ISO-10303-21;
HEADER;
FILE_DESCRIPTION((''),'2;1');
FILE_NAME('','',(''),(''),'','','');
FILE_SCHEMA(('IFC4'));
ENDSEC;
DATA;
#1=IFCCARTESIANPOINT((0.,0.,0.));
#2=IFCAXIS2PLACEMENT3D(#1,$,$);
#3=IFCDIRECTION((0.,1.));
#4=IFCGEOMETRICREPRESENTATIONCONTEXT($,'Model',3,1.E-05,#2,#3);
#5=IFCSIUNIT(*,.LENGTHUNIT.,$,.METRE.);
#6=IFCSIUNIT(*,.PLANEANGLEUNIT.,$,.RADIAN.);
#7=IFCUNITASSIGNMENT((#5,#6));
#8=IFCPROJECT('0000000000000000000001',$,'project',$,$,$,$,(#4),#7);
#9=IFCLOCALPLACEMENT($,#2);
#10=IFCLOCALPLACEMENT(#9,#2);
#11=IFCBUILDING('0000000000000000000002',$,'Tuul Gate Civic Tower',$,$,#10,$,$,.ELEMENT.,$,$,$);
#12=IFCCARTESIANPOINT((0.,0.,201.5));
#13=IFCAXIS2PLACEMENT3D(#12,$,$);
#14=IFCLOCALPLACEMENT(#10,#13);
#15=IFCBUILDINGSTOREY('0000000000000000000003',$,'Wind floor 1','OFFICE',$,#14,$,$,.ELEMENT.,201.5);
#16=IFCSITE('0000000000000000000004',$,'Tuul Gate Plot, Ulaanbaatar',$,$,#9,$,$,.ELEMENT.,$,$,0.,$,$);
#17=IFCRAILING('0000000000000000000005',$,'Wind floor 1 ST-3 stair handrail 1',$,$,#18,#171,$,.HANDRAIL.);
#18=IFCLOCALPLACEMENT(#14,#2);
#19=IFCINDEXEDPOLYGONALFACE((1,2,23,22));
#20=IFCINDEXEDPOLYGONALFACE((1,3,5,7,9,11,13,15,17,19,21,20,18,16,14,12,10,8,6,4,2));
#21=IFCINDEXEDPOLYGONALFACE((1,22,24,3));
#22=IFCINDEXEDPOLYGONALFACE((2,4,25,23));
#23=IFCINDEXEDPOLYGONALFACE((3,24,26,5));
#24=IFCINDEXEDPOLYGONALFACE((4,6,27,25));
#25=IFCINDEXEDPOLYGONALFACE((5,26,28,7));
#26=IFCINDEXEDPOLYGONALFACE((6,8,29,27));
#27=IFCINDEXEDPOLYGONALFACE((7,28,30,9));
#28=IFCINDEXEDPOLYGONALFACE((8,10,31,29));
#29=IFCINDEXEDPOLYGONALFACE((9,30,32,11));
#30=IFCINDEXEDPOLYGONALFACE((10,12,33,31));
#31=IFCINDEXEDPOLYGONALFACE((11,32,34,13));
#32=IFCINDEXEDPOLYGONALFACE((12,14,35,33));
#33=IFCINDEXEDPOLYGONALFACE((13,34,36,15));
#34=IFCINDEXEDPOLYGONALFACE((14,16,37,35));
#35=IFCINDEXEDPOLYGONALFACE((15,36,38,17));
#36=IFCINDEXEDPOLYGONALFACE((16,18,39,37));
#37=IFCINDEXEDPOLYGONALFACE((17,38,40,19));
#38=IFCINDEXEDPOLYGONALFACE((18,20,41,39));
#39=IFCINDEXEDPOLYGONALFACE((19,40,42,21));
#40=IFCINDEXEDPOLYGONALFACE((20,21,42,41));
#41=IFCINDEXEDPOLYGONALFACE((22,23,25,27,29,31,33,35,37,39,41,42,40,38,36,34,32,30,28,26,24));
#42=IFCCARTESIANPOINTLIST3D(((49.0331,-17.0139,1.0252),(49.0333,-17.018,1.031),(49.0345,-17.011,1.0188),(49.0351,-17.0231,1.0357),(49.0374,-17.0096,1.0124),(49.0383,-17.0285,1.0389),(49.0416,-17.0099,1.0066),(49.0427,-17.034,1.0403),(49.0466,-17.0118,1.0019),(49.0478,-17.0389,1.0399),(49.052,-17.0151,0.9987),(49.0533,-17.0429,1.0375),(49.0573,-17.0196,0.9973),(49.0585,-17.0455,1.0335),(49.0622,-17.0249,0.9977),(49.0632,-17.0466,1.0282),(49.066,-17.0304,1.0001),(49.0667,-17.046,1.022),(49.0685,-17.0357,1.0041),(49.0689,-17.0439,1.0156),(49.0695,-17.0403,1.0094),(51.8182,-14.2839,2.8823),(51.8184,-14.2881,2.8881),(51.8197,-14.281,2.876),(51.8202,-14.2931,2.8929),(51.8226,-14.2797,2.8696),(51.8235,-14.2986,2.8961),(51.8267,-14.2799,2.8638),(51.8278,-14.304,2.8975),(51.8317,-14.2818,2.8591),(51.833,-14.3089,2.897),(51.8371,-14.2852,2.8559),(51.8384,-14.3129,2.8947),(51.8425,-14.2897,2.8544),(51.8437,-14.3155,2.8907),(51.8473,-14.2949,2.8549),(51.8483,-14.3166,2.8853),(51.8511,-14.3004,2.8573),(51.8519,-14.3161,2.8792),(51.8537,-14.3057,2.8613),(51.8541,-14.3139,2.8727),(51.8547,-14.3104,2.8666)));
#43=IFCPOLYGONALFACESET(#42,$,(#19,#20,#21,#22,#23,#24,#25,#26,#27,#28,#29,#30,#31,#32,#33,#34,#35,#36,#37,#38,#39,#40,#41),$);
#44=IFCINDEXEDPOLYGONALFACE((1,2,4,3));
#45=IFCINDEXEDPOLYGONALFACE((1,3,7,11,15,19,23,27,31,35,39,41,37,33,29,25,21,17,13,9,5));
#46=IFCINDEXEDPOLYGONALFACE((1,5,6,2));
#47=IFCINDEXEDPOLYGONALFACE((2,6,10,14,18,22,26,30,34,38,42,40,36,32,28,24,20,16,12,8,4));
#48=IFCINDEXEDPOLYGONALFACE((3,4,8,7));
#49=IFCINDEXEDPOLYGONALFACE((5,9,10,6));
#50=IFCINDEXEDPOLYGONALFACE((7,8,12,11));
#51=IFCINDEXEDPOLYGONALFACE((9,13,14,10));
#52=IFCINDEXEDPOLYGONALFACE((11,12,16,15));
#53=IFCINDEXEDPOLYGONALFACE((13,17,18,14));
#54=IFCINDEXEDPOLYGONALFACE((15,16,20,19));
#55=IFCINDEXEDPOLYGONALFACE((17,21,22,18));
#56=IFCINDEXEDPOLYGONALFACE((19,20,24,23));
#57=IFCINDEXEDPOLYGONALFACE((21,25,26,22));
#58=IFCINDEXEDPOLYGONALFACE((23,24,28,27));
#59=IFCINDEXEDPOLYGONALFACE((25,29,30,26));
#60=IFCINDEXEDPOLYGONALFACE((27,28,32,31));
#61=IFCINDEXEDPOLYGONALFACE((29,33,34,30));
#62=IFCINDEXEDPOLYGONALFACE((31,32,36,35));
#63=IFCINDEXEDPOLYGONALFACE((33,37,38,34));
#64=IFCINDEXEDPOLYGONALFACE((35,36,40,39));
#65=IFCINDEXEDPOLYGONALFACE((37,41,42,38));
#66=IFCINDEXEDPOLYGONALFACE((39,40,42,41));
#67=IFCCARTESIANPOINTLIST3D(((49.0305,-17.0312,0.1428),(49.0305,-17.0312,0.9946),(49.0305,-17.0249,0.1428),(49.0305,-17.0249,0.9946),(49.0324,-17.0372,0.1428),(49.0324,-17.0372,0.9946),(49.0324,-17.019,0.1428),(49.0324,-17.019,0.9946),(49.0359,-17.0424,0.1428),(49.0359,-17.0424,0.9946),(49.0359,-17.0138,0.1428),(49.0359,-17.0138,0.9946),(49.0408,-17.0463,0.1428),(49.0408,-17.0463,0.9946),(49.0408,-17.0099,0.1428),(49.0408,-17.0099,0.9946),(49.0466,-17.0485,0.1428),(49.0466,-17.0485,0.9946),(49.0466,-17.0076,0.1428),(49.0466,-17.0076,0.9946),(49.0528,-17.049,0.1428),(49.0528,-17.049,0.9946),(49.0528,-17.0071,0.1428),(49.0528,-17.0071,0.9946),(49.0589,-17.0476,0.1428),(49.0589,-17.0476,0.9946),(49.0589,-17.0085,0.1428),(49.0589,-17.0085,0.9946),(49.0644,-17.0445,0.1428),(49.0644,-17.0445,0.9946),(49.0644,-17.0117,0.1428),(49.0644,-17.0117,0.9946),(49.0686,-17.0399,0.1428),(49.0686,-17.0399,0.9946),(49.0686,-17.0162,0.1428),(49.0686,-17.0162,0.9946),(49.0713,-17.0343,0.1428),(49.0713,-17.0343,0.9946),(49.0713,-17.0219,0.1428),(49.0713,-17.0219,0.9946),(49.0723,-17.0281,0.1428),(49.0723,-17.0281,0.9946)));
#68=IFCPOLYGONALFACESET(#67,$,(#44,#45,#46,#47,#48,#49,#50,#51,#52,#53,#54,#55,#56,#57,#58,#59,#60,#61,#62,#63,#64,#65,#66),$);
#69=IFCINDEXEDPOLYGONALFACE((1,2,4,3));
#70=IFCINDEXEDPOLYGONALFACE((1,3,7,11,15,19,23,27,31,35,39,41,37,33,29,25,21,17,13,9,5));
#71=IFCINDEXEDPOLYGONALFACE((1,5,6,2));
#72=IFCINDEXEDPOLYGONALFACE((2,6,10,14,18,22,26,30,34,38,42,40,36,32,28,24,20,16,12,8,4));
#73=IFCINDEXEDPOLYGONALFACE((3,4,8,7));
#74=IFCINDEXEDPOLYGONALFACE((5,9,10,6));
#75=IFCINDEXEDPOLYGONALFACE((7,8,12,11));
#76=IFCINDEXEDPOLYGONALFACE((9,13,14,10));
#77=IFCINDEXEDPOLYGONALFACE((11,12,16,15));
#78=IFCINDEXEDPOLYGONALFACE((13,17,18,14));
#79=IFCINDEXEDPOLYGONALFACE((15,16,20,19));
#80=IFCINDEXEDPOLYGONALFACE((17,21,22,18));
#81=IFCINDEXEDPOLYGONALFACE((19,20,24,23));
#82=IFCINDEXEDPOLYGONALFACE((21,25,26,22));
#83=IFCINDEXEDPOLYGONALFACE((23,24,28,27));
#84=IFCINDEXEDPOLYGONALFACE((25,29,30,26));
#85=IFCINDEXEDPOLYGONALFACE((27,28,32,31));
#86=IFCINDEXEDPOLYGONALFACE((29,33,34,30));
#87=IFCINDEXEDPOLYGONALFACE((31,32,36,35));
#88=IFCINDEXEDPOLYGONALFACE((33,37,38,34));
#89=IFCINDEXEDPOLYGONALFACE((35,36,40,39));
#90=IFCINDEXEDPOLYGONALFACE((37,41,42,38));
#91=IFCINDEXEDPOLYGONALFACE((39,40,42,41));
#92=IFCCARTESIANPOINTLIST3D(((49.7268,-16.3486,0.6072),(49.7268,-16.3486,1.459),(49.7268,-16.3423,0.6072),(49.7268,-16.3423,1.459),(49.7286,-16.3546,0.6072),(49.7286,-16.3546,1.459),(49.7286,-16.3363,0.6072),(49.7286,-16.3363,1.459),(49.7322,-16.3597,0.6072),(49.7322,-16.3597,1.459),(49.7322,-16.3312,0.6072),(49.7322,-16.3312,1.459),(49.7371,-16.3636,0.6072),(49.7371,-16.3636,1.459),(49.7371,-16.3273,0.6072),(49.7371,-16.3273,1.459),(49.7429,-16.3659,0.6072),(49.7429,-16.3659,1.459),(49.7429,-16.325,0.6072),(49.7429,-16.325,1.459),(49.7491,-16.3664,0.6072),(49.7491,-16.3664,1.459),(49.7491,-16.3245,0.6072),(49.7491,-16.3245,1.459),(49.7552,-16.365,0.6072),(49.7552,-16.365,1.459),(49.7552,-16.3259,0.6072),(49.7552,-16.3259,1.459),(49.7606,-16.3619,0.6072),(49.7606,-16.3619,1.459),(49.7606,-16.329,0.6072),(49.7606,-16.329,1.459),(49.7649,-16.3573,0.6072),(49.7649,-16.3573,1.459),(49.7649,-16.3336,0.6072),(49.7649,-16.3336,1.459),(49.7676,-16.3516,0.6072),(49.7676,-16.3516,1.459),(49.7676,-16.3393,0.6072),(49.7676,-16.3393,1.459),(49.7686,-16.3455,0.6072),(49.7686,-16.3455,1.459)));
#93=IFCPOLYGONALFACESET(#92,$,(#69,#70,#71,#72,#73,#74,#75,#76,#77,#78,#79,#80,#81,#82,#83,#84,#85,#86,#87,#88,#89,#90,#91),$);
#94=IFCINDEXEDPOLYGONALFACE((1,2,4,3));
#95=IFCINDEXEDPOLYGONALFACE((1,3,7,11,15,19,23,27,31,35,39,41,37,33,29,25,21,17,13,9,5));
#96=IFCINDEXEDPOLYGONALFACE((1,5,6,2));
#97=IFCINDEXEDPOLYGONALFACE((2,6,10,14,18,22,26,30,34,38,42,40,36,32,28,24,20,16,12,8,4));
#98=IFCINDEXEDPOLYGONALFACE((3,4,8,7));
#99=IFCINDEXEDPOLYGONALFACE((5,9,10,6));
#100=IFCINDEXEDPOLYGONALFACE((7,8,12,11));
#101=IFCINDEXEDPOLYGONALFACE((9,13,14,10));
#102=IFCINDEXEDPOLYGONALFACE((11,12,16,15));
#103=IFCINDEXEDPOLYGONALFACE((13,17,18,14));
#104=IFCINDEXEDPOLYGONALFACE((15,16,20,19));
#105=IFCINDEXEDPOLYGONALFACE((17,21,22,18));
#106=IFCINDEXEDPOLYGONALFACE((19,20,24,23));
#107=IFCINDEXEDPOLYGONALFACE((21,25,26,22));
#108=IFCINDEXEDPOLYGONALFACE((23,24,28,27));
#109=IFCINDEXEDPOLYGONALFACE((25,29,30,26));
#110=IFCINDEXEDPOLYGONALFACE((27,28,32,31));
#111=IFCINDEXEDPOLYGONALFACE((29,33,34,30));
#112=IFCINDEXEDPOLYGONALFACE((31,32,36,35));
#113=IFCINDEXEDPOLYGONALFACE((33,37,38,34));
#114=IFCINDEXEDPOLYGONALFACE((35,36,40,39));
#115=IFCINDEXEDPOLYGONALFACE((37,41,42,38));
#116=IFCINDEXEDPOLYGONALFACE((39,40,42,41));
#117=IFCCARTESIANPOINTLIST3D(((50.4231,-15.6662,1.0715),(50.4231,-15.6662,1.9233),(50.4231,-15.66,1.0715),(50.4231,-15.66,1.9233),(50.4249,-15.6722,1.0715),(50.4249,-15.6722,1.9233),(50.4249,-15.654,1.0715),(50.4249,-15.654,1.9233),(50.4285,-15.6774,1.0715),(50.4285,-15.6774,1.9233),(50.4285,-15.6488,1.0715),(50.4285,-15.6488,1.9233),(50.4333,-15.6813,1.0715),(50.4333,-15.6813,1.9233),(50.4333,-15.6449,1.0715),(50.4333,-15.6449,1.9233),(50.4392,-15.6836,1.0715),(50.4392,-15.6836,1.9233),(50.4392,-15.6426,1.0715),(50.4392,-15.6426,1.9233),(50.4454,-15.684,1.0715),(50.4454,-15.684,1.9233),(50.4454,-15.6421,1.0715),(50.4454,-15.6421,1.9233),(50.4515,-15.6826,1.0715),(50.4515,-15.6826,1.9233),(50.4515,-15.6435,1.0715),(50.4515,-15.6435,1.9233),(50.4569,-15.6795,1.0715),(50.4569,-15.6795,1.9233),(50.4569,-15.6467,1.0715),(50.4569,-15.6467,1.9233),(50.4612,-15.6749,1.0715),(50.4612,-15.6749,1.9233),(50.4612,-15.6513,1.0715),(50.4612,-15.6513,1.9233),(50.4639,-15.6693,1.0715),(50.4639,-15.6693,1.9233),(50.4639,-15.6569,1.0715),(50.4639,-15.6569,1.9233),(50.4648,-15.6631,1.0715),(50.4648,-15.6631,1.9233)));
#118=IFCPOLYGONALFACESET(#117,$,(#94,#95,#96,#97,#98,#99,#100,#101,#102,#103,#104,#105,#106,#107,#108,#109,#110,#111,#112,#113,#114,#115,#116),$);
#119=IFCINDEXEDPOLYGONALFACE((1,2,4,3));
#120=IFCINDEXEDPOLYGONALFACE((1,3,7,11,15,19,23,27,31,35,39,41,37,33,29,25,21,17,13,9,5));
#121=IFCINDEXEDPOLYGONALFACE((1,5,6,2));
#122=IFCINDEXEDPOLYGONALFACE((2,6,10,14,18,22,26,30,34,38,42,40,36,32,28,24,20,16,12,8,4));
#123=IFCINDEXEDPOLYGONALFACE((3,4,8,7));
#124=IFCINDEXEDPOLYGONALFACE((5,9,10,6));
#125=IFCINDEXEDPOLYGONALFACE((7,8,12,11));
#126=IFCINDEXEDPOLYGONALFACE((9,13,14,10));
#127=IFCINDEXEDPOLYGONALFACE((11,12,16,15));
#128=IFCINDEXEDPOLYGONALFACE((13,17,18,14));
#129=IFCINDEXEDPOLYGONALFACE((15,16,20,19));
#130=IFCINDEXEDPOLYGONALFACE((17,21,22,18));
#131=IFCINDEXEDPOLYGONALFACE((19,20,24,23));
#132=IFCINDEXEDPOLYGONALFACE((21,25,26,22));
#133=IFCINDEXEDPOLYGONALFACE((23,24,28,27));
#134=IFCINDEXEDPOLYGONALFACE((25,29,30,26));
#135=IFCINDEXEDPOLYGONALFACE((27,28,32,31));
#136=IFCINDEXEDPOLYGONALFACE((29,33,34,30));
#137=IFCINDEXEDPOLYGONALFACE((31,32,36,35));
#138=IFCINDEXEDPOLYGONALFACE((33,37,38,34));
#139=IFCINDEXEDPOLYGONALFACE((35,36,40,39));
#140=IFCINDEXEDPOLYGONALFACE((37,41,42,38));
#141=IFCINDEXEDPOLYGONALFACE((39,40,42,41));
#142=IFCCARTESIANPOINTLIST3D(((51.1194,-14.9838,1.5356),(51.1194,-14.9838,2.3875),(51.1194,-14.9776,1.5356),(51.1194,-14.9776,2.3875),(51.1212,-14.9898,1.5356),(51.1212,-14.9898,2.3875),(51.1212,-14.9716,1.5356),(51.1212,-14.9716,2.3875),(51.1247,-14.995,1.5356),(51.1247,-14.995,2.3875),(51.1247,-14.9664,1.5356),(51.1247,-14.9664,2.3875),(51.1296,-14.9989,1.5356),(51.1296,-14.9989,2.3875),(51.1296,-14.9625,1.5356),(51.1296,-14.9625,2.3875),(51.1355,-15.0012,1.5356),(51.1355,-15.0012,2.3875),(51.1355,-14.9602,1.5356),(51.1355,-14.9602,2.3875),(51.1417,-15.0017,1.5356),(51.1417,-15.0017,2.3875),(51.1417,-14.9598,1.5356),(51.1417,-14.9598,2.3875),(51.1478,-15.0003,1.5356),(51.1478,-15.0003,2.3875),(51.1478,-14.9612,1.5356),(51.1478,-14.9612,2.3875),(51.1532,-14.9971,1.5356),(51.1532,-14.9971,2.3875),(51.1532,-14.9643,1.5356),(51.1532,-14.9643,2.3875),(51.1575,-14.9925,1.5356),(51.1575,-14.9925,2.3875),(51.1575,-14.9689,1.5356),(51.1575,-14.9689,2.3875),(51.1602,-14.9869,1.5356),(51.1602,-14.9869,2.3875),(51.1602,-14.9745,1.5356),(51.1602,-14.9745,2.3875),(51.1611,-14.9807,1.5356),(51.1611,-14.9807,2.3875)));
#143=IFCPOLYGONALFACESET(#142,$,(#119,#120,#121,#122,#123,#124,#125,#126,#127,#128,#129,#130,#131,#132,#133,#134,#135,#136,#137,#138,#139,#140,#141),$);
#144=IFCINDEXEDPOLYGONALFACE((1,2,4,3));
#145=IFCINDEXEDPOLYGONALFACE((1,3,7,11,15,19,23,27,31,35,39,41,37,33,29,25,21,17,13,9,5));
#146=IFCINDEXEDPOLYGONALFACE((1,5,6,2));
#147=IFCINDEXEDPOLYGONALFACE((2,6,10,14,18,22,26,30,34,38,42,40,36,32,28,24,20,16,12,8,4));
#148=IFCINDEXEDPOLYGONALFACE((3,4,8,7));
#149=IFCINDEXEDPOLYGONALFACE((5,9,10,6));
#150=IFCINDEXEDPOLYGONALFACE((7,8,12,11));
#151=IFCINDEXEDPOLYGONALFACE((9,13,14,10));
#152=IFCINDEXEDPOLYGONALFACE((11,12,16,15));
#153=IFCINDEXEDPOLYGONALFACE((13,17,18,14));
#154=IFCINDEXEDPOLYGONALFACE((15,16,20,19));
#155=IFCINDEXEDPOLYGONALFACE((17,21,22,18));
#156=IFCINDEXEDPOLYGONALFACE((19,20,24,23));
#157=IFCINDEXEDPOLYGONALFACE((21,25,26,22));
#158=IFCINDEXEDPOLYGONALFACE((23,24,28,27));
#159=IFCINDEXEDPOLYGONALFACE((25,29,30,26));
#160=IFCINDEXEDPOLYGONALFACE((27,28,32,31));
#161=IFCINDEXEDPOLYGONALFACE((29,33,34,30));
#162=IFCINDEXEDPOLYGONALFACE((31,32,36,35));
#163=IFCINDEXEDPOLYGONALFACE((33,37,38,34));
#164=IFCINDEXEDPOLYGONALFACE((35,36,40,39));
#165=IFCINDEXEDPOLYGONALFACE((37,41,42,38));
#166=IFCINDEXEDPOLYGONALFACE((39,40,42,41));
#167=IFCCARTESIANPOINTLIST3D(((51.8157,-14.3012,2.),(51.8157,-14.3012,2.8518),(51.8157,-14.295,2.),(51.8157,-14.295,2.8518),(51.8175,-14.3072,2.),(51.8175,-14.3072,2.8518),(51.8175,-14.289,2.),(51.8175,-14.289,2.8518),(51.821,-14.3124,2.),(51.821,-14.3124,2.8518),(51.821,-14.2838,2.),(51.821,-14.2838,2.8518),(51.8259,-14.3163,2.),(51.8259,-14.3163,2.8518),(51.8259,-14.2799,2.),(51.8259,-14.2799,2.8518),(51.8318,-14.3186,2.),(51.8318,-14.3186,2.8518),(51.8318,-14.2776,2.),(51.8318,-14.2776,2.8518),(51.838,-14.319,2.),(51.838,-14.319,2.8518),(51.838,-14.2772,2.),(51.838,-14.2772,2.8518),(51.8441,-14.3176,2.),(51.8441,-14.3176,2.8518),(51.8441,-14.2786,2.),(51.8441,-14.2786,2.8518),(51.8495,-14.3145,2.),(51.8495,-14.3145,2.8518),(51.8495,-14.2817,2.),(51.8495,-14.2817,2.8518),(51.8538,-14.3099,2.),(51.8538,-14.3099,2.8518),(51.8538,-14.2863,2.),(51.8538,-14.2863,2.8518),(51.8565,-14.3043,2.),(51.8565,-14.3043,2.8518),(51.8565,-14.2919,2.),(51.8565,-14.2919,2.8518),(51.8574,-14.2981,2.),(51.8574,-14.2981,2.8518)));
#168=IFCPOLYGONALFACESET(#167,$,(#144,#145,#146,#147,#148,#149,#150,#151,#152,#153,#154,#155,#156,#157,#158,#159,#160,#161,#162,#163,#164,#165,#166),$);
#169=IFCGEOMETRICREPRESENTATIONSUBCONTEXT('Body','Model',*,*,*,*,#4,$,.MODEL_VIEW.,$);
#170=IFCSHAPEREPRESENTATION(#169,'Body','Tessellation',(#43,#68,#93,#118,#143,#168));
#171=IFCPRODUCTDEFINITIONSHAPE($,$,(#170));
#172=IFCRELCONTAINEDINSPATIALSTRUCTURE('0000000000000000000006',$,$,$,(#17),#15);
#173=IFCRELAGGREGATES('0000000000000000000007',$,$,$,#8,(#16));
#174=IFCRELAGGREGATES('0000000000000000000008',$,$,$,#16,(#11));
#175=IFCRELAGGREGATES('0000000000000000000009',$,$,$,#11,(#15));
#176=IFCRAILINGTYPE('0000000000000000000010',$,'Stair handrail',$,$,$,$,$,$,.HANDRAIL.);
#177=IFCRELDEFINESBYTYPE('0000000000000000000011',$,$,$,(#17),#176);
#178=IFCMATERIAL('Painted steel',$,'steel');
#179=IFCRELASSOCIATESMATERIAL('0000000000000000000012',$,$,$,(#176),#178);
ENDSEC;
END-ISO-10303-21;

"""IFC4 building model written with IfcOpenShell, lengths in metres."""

from ifc_helpers import new_model, si_unit, direction, frame, origin, origin_2d, place, context, subcontext, project, spatial, circle, extrude, material, type_object, element, save


model = new_model("IFC4")

# Units and contexts
model_context = context("Model", 3, precision=1e-05, world=origin(), true_north=direction((0.0, 1.0)))
body_context = subcontext(model_context, "Body", "Model", "MODEL_VIEW")
ifc_project = project(units=[si_unit("LENGTHUNIT", "METRE"), si_unit("PLANEANGLEUNIT", "RADIAN")], contexts=[model_context])

# Site, building, storey
site_placement = place(None, origin())
site = spatial("IfcSite", under=ifc_project, at=site_placement, Name="Tuul Gate Plot, Ulaanbaatar", CompositionType="ELEMENT", RefElevation=0.0)
building_placement = place(site_placement, origin())
building = spatial("IfcBuilding", under=site, at=building_placement, Name="Tuul Gate Civic Tower", CompositionType="ELEMENT")
storey_placement = place(building_placement, frame((0.0, 0.0, 201.5)))
storey = spatial("IfcBuildingStorey", under=building, at=storey_placement, Name="Wind floor 1", Description="OFFICE", CompositionType="ELEMENT", Elevation=201.5)

# Railing
ifc_material_1 = material(Name="Painted steel", Category="steel")
railing_type_1 = type_object("IfcRailingType", Name="Stair handrail", PredefinedType="HANDRAIL", material=ifc_material_1)
for number, where, name in (
    (1, (49.0513, -17.0281, 0.1428), "Wind floor 1 ST-3 stair handrail 1"),
):
    element("IfcRailing", number, at=place(storey_placement, frame(where)), inside=storey, type_object=railing_type_1, Name=name, PredefinedType="HANDRAIL", context=body_context, shape_type="SweptSolid", body=[
        extrude(circle(Radius=0.0239, at=origin_2d()), frame((0.0, 0.0, 0.876), z_axis=(0.644771, 0.631998, 0.429941), x_axis=(-0.699998, 0.714145, 0.0)), (0.0, 0.0, 1.0), 4.3196),
        extrude(circle(Radius=0.021, at=origin_2d()), origin(), (0.0, 0.0, 1.0), 0.8518),
        extrude(circle(Radius=0.021, at=origin_2d()), frame((0.6963, 0.6826, 0.4644)), (0.0, 0.0, 1.0), 0.8518),
        extrude(circle(Radius=0.021, at=origin_2d()), frame((1.3926, 1.365, 0.9287)), (0.0, 0.0, 1.0), 0.8518),
        extrude(circle(Radius=0.021, at=origin_2d()), frame((2.0889, 2.0474, 1.3928)), (0.0, 0.0, 1.0), 0.8518),
        extrude(circle(Radius=0.021, at=origin_2d()), frame((2.7852, 2.73, 1.8572)), (0.0, 0.0, 1.0), 0.8518),
    ])

save(model, "model.ifc")
